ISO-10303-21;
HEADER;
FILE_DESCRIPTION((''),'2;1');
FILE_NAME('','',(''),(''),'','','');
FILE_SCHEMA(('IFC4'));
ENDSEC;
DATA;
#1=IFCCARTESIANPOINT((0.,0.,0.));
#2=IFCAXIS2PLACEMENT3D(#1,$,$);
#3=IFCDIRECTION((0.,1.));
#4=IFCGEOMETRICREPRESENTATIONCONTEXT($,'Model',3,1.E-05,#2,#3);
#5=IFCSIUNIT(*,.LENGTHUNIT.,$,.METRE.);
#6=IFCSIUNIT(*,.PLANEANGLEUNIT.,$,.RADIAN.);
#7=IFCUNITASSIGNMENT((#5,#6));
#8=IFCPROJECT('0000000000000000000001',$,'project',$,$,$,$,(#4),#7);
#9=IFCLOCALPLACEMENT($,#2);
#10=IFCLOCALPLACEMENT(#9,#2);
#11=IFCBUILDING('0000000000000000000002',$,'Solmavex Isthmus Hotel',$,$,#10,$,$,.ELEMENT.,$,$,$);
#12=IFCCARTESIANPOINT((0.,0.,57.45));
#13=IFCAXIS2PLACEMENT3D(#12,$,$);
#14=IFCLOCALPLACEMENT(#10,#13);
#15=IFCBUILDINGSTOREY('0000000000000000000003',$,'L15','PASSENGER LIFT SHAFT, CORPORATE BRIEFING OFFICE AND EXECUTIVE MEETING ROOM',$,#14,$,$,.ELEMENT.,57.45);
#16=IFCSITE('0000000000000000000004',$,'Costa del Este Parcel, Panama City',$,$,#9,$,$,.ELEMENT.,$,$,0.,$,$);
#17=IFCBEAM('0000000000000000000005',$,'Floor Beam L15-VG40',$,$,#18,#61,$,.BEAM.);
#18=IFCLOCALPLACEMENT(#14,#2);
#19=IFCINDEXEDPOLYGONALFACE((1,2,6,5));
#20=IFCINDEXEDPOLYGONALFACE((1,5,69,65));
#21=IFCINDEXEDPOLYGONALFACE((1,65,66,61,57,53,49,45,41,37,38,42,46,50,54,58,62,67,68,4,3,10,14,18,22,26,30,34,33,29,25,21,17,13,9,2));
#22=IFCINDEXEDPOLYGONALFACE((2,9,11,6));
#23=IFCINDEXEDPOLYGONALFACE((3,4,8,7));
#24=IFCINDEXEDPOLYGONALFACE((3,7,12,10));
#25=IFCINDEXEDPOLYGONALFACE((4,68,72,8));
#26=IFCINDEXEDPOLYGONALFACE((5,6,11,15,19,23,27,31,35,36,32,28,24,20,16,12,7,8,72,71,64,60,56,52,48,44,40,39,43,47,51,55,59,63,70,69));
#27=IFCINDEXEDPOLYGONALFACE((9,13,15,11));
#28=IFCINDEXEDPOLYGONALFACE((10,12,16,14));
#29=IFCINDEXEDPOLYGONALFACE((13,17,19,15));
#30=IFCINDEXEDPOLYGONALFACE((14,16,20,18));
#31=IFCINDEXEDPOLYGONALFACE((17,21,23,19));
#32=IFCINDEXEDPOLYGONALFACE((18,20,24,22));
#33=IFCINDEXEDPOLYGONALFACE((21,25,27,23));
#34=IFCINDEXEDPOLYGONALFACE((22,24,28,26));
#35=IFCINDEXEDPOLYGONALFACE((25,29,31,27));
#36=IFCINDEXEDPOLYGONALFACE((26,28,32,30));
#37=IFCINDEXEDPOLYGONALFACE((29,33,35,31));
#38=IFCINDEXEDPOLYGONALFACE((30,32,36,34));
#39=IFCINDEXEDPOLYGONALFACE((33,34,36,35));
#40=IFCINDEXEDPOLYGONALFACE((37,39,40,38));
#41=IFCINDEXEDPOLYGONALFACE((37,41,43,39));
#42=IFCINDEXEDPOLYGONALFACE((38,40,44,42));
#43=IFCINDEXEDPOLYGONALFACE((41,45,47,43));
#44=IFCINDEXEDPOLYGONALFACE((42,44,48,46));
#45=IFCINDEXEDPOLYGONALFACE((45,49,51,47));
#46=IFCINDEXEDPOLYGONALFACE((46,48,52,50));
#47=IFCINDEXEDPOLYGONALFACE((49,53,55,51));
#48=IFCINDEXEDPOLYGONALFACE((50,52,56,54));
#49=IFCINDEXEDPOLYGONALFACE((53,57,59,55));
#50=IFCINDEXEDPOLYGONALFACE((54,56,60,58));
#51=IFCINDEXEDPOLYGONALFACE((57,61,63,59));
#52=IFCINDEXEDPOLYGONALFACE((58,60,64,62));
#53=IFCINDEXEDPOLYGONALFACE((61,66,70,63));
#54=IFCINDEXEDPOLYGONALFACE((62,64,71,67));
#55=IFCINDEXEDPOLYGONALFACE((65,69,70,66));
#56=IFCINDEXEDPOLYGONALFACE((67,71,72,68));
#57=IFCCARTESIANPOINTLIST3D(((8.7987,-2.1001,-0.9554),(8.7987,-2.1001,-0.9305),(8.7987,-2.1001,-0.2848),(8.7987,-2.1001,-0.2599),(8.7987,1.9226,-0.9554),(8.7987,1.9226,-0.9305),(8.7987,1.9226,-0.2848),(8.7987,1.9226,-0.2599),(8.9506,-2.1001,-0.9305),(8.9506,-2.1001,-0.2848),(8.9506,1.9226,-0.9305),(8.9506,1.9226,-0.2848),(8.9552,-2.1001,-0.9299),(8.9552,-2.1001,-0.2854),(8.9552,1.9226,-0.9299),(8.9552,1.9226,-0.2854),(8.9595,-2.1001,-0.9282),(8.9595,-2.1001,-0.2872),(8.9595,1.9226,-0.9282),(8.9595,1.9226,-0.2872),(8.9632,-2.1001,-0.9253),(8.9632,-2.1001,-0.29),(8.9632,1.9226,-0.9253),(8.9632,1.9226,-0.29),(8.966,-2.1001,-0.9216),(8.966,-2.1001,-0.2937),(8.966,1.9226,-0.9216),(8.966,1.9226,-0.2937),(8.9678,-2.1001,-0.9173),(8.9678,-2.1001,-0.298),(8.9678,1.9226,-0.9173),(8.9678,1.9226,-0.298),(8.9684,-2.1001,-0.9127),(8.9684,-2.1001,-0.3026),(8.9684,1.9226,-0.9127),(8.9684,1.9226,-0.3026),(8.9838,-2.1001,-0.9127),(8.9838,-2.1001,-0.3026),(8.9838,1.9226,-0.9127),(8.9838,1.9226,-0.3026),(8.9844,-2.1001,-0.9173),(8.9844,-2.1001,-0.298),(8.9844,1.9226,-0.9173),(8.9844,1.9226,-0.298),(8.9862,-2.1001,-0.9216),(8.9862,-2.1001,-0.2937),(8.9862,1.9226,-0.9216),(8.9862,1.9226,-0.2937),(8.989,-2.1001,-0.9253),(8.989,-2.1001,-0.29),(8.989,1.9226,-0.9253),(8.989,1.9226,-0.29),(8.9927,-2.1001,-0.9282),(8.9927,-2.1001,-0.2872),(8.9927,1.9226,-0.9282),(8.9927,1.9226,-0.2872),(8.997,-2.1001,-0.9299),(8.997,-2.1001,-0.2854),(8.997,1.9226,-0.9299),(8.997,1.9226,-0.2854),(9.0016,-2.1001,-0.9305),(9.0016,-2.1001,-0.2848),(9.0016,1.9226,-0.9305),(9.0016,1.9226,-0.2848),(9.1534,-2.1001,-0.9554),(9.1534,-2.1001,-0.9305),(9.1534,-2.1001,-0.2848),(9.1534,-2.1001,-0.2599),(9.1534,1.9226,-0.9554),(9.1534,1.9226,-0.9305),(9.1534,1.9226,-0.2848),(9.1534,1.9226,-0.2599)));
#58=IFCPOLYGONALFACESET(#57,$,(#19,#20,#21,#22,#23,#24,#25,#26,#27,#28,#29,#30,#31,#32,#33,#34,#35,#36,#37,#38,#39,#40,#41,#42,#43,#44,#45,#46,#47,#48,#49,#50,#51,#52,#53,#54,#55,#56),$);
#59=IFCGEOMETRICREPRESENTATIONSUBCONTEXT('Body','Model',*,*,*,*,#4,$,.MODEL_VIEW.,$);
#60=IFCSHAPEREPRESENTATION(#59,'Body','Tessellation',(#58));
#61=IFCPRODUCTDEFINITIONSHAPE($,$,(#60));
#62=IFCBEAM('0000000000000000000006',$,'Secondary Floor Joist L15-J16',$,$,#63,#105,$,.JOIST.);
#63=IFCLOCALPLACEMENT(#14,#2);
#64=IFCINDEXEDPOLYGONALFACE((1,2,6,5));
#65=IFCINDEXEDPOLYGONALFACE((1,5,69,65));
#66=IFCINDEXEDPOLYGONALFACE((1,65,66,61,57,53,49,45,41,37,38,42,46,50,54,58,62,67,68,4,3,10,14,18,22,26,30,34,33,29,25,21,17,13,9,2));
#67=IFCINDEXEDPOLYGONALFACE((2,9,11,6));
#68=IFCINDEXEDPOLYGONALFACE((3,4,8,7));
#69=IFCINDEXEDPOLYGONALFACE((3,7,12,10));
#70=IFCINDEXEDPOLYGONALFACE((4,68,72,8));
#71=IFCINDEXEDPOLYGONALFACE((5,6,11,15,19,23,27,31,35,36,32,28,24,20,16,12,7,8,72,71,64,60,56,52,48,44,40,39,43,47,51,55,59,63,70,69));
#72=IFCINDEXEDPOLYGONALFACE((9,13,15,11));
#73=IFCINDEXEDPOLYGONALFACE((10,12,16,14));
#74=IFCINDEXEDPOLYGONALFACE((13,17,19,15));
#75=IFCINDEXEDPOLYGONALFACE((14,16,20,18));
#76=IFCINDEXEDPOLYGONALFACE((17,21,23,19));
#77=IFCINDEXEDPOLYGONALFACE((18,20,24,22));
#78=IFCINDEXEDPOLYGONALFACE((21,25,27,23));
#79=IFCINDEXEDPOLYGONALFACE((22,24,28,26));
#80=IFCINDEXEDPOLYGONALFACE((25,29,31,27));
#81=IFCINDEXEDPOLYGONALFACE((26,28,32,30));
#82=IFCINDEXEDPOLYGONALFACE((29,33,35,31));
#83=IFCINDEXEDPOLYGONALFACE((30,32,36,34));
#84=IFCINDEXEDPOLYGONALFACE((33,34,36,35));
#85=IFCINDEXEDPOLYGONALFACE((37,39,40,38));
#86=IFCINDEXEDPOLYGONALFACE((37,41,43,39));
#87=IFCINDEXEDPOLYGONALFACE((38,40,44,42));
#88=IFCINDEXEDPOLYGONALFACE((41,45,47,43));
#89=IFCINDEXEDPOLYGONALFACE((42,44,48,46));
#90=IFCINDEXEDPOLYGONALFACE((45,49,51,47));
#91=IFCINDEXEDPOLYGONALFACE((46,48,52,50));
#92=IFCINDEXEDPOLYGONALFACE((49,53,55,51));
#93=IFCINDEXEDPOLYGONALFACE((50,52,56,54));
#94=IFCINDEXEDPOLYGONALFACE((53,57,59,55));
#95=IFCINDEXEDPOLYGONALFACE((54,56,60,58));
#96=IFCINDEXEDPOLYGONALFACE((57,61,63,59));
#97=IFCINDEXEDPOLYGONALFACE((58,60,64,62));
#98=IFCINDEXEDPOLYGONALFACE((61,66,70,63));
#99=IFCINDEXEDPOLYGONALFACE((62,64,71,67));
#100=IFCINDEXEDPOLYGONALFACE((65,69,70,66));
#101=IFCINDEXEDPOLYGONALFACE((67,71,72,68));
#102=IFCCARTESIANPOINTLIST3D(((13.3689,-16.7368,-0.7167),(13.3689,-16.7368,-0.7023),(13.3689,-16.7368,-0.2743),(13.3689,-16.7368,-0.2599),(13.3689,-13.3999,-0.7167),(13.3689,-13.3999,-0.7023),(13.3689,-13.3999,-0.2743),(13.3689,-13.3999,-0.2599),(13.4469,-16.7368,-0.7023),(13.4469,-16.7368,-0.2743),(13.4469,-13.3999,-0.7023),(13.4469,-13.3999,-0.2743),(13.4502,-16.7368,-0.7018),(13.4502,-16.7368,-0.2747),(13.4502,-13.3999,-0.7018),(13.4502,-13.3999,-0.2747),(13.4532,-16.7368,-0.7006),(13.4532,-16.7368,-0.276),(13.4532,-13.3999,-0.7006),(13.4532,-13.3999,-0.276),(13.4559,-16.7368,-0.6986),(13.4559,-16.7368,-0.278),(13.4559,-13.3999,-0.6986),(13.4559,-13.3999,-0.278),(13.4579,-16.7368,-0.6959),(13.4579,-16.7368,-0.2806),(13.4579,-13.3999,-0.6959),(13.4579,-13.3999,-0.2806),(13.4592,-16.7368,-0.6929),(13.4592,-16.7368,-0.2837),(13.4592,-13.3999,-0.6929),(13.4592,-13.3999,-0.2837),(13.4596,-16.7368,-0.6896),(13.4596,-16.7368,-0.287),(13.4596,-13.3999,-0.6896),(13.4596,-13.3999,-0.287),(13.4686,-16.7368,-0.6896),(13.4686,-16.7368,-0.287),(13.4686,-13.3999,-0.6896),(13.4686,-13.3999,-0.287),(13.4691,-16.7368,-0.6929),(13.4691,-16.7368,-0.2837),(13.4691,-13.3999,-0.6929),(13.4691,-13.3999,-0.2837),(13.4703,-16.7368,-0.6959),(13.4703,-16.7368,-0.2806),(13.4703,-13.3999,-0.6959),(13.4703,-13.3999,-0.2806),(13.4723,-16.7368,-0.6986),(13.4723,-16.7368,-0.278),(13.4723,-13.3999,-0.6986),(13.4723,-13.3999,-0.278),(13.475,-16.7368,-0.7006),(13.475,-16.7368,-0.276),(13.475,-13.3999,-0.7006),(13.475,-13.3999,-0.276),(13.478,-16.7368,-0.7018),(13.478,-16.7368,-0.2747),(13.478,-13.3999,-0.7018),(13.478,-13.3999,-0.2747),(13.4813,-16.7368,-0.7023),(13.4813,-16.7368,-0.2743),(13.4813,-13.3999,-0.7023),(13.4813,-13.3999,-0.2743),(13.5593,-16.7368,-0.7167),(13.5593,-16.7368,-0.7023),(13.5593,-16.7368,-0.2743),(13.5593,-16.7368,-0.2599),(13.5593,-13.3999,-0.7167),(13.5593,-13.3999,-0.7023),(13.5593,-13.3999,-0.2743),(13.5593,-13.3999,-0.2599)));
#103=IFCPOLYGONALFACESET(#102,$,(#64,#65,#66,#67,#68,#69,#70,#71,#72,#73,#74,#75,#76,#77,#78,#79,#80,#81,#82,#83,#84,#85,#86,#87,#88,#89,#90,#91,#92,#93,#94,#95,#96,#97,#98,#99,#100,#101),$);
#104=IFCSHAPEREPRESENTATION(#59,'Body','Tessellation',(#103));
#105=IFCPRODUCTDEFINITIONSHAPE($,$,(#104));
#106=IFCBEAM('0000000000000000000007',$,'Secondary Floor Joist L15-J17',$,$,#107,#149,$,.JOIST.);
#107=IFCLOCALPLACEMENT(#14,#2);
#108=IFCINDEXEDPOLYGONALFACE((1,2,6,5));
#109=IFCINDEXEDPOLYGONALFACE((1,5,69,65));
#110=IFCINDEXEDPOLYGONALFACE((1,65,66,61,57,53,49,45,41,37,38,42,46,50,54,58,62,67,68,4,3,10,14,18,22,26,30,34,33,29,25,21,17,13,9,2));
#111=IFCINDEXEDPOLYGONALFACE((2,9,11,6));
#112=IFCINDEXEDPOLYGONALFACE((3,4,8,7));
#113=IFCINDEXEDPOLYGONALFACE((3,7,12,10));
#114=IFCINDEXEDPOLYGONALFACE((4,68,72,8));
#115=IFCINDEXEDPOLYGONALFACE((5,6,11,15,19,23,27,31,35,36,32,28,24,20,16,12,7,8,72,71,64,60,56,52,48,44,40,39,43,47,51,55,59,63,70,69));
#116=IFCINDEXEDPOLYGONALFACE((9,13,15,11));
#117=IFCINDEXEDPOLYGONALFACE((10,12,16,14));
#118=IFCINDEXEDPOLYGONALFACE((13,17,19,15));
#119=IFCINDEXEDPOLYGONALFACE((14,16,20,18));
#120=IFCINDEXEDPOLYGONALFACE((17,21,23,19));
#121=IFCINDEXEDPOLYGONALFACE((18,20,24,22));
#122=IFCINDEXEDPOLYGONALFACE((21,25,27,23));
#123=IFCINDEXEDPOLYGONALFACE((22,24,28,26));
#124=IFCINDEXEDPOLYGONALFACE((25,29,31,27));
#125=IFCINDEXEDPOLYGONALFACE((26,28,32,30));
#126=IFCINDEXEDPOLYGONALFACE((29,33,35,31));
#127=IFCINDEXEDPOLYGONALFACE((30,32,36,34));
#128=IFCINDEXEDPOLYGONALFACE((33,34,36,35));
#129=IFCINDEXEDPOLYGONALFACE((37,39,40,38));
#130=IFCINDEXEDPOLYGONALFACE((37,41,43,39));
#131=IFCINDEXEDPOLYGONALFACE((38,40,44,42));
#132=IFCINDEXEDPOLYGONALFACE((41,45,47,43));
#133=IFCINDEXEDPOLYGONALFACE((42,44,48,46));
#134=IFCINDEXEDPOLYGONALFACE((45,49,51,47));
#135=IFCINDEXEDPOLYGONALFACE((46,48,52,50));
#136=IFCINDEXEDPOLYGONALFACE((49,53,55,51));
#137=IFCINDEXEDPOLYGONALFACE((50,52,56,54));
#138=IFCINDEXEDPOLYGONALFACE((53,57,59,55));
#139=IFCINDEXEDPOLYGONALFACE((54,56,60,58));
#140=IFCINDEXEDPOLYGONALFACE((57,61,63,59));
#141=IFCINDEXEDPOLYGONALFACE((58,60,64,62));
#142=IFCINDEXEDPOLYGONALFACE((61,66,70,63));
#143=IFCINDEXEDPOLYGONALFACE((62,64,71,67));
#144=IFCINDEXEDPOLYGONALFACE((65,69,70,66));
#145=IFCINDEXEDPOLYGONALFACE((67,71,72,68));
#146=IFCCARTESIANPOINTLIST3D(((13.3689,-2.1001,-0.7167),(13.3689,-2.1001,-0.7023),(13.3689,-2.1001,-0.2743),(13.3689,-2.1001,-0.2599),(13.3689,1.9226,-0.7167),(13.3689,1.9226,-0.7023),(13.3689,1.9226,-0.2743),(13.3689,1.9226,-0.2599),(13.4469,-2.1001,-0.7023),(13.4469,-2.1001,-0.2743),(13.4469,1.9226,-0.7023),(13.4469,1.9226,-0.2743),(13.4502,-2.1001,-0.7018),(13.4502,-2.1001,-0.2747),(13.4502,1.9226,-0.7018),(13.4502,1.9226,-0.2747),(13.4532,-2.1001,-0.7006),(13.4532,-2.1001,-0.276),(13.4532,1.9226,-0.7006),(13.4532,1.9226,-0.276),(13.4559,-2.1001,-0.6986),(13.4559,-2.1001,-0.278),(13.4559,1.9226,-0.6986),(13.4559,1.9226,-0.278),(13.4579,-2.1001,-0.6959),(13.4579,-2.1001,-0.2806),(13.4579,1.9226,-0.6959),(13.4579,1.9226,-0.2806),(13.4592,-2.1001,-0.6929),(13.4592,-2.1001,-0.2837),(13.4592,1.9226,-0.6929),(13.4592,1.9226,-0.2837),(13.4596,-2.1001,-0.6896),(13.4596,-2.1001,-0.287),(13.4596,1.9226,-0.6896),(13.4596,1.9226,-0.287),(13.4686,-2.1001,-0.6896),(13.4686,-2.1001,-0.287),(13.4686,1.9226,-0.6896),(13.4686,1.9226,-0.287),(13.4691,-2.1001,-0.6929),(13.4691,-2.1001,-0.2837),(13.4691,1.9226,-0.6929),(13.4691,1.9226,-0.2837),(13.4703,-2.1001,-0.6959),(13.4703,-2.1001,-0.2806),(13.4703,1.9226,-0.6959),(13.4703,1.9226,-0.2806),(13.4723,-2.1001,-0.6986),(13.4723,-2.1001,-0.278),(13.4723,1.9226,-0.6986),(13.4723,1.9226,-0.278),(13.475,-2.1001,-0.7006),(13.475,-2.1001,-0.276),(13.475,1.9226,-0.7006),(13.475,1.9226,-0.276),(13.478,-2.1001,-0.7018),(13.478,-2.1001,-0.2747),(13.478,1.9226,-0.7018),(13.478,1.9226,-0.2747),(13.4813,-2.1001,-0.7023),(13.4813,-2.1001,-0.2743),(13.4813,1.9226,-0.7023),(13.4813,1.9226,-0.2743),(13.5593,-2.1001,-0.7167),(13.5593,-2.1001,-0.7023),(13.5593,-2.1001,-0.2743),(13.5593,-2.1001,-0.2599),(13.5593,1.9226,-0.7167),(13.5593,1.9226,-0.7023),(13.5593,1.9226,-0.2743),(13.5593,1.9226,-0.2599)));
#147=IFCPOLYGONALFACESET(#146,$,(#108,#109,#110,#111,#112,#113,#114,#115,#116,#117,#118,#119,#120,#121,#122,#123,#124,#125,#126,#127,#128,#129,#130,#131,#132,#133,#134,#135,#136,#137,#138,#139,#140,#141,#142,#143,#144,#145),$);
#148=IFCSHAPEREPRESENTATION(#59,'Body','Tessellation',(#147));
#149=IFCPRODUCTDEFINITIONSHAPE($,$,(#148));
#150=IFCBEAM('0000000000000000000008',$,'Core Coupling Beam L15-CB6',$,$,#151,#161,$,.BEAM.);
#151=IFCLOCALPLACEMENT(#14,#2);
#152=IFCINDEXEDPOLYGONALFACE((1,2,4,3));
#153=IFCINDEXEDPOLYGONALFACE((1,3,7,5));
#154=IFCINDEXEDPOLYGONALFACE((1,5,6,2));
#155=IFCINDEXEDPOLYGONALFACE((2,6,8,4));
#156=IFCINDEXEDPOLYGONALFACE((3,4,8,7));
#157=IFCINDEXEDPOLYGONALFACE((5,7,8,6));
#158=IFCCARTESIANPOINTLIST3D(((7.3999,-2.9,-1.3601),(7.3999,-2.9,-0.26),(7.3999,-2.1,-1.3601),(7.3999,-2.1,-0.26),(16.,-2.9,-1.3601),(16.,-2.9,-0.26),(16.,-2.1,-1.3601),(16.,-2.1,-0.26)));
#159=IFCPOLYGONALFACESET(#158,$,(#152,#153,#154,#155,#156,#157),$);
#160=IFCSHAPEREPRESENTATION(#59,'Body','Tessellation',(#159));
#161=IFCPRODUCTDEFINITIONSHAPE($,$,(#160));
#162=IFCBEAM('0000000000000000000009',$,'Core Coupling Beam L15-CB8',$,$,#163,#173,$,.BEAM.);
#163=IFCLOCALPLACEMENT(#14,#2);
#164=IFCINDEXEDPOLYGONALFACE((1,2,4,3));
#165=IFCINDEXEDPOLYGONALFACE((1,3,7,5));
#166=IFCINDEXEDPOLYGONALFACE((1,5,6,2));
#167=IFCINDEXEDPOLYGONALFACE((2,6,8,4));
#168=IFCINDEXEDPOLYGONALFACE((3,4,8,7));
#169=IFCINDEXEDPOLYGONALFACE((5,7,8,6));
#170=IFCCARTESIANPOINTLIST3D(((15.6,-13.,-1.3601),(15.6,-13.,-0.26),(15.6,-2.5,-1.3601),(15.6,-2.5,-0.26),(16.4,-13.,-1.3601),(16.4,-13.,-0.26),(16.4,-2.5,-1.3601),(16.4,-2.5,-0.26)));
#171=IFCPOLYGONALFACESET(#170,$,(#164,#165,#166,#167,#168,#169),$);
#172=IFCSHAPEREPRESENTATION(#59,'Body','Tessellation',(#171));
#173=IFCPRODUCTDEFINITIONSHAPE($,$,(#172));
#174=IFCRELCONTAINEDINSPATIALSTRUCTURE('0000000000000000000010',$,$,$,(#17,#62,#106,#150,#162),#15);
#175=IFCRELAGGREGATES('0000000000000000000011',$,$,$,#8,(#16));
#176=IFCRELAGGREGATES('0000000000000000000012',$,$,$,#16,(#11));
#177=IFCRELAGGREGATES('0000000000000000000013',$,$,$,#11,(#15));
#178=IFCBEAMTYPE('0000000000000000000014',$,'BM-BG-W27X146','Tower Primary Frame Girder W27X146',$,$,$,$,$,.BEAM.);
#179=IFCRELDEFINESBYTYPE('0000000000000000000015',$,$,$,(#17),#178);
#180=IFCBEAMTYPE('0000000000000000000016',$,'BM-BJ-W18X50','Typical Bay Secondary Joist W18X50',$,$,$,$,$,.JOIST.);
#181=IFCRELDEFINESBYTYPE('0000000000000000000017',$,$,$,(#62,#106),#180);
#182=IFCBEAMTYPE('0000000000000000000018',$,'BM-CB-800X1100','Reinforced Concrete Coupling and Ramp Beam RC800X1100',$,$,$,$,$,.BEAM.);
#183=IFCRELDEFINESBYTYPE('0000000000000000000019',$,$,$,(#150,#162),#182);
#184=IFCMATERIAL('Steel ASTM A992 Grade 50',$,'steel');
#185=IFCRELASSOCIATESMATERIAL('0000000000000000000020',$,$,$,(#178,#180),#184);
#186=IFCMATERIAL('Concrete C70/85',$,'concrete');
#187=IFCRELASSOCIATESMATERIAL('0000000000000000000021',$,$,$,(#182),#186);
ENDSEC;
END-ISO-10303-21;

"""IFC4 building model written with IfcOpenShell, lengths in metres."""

from ifc_helpers import new_model, si_unit, direction, frame, origin, origin_2d, place, context, subcontext, project, spatial, rectangle, i_section, extrude, material, material_profile, profile_set, type_object, element, save


model = new_model("IFC4")

# Units and contexts
model_context = context("Model", 3, precision=1e-05, world=origin(), true_north=direction((0.0, 1.0)))
body_context = subcontext(model_context, "Body", "Model", "MODEL_VIEW")
ifc_project = project(units=[si_unit("LENGTHUNIT", "METRE"), si_unit("PLANEANGLEUNIT", "RADIAN")], contexts=[model_context])

# Site, building, storey
site_placement = place(None, origin())
site = spatial("IfcSite", under=ifc_project, at=site_placement, Name="Costa del Este Parcel, Panama City", CompositionType="ELEMENT", RefElevation=0.0)
building_placement = place(site_placement, origin())
building = spatial("IfcBuilding", under=site, at=building_placement, Name="Solmavex Isthmus Hotel", CompositionType="ELEMENT")
storey_placement = place(building_placement, frame((0.0, 0.0, 57.45)))
storey = spatial("IfcBuildingStorey", under=building, at=storey_placement, Name="L15", Description="PASSENGER LIFT SHAFT, CORPORATE BRIEFING OFFICE AND EXECUTIVE MEETING ROOM", CompositionType="ELEMENT", Elevation=57.45)

# Shared definitions
ifc_material_1 = material(Name="Concrete C70/85", Category="concrete")

# Beams
ifc_material_2 = material(Name="Steel ASTM A992 Grade 50", Category="steel")
ifc_material_profile_1 = material_profile(ifc_material_2, i_section(OverallWidth=0.3547, OverallDepth=0.6956, WebThickness=0.0154, FlangeThickness=0.0249, FilletRadius=0.0178, at=origin_2d()), Name="W27X146")
ifc_profile_set_1 = profile_set([ifc_material_profile_1], Name="Steel ASTM A992 Grade 50")
beam_type_1 = type_object("IfcBeamType", Name="BM-BG-W27X146", Description="Tower Primary Frame Girder W27X146", PredefinedType="BEAM", material=ifc_profile_set_1)
beam_1_placement = place(storey_placement, frame((8.9761, -2.1001, -0.6077), z_axis=(0.0, 1.0, 0.0), x_axis=(-1.0, 0.0, 0.0)))
element("IfcBeam", 1, at=beam_1_placement, inside=storey, type_object=beam_type_1, Name="Floor Beam L15-VG40", PredefinedType="BEAM", context=body_context, shape_type="SweptSolid", body=[
    extrude(i_section(OverallWidth=0.3547, OverallDepth=0.6956, WebThickness=0.0154, FlangeThickness=0.0249, FilletRadius=0.0178, at=origin_2d()), origin(), (0.0, 0.0, 1.0), 4.0227),
])
ifc_material_profile_2 = material_profile(ifc_material_2, i_section(OverallWidth=0.1904, OverallDepth=0.4568, WebThickness=0.009, FlangeThickness=0.0144, FilletRadius=0.0127, at=origin_2d()), Name="W18X50")
ifc_profile_set_2 = profile_set([ifc_material_profile_2], Name="Steel ASTM A992 Grade 50")
beam_type_2 = type_object("IfcBeamType", Name="BM-BJ-W18X50", Description="Typical Bay Secondary Joist W18X50", PredefinedType="JOIST", material=ifc_profile_set_2)
beam_2_placement = place(storey_placement, frame((13.4641, -16.7368, -0.4883), z_axis=(0.0, 1.0, 0.0), x_axis=(-1.0, 0.0, 0.0)))
element("IfcBeam", 2, at=beam_2_placement, inside=storey, type_object=beam_type_2, Name="Secondary Floor Joist L15-J16", PredefinedType="JOIST", context=body_context, shape_type="SweptSolid", body=[
    extrude(i_section(OverallWidth=0.1904, OverallDepth=0.4568, WebThickness=0.009, FlangeThickness=0.0144, FilletRadius=0.0127, at=origin_2d()), origin(), (0.0, 0.0, 1.0), 3.3369),
])
beam_3_placement = place(storey_placement, frame((13.4641, -2.1001, -0.4883), z_axis=(0.0, 1.0, 0.0), x_axis=(-1.0, 0.0, 0.0)))
element("IfcBeam", 3, at=beam_3_placement, inside=storey, type_object=beam_type_2, Name="Secondary Floor Joist L15-J17", PredefinedType="JOIST", context=body_context, shape_type="SweptSolid", body=[
    extrude(i_section(OverallWidth=0.1904, OverallDepth=0.4568, WebThickness=0.009, FlangeThickness=0.0144, FilletRadius=0.0127, at=origin_2d()), origin(), (0.0, 0.0, 1.0), 4.0227),
])
ifc_material_profile_3 = material_profile(ifc_material_1, rectangle(XDim=0.8, YDim=1.1001, at=origin_2d()), Name="RC800X1100")
ifc_profile_set_3 = profile_set([ifc_material_profile_3], Name="Concrete C70/85")
beam_type_3 = type_object("IfcBeamType", Name="BM-CB-800X1100", Description="Reinforced Concrete Coupling and Ramp Beam RC800X1100", PredefinedType="BEAM", material=ifc_profile_set_3)
beam_4_placement = place(storey_placement, frame((7.3999, -2.5, -0.8101), z_axis=(1.0, 0.0, 0.0), x_axis=(0.0, 1.0, 0.0)))
element("IfcBeam", 4, at=beam_4_placement, inside=storey, type_object=beam_type_3, Name="Core Coupling Beam L15-CB6", PredefinedType="BEAM", context=body_context, shape_type="SweptSolid", body=[
    extrude(rectangle(XDim=0.8, YDim=1.1001, at=origin_2d()), origin(), (0.0, 0.0, 1.0), 8.6001),
])
beam_5_placement = place(storey_placement, frame((16.0, -13.0, -0.8101), z_axis=(0.0, 1.0, 0.0), x_axis=(-1.0, 0.0, 0.0)))
element("IfcBeam", 5, at=beam_5_placement, inside=storey, type_object=beam_type_3, Name="Core Coupling Beam L15-CB8", PredefinedType="BEAM", context=body_context, shape_type="SweptSolid", body=[
    extrude(rectangle(XDim=0.8, YDim=1.1001, at=origin_2d()), origin(), (0.0, 0.0, 1.0), 10.5),
])

save(model, "model.ifc")
